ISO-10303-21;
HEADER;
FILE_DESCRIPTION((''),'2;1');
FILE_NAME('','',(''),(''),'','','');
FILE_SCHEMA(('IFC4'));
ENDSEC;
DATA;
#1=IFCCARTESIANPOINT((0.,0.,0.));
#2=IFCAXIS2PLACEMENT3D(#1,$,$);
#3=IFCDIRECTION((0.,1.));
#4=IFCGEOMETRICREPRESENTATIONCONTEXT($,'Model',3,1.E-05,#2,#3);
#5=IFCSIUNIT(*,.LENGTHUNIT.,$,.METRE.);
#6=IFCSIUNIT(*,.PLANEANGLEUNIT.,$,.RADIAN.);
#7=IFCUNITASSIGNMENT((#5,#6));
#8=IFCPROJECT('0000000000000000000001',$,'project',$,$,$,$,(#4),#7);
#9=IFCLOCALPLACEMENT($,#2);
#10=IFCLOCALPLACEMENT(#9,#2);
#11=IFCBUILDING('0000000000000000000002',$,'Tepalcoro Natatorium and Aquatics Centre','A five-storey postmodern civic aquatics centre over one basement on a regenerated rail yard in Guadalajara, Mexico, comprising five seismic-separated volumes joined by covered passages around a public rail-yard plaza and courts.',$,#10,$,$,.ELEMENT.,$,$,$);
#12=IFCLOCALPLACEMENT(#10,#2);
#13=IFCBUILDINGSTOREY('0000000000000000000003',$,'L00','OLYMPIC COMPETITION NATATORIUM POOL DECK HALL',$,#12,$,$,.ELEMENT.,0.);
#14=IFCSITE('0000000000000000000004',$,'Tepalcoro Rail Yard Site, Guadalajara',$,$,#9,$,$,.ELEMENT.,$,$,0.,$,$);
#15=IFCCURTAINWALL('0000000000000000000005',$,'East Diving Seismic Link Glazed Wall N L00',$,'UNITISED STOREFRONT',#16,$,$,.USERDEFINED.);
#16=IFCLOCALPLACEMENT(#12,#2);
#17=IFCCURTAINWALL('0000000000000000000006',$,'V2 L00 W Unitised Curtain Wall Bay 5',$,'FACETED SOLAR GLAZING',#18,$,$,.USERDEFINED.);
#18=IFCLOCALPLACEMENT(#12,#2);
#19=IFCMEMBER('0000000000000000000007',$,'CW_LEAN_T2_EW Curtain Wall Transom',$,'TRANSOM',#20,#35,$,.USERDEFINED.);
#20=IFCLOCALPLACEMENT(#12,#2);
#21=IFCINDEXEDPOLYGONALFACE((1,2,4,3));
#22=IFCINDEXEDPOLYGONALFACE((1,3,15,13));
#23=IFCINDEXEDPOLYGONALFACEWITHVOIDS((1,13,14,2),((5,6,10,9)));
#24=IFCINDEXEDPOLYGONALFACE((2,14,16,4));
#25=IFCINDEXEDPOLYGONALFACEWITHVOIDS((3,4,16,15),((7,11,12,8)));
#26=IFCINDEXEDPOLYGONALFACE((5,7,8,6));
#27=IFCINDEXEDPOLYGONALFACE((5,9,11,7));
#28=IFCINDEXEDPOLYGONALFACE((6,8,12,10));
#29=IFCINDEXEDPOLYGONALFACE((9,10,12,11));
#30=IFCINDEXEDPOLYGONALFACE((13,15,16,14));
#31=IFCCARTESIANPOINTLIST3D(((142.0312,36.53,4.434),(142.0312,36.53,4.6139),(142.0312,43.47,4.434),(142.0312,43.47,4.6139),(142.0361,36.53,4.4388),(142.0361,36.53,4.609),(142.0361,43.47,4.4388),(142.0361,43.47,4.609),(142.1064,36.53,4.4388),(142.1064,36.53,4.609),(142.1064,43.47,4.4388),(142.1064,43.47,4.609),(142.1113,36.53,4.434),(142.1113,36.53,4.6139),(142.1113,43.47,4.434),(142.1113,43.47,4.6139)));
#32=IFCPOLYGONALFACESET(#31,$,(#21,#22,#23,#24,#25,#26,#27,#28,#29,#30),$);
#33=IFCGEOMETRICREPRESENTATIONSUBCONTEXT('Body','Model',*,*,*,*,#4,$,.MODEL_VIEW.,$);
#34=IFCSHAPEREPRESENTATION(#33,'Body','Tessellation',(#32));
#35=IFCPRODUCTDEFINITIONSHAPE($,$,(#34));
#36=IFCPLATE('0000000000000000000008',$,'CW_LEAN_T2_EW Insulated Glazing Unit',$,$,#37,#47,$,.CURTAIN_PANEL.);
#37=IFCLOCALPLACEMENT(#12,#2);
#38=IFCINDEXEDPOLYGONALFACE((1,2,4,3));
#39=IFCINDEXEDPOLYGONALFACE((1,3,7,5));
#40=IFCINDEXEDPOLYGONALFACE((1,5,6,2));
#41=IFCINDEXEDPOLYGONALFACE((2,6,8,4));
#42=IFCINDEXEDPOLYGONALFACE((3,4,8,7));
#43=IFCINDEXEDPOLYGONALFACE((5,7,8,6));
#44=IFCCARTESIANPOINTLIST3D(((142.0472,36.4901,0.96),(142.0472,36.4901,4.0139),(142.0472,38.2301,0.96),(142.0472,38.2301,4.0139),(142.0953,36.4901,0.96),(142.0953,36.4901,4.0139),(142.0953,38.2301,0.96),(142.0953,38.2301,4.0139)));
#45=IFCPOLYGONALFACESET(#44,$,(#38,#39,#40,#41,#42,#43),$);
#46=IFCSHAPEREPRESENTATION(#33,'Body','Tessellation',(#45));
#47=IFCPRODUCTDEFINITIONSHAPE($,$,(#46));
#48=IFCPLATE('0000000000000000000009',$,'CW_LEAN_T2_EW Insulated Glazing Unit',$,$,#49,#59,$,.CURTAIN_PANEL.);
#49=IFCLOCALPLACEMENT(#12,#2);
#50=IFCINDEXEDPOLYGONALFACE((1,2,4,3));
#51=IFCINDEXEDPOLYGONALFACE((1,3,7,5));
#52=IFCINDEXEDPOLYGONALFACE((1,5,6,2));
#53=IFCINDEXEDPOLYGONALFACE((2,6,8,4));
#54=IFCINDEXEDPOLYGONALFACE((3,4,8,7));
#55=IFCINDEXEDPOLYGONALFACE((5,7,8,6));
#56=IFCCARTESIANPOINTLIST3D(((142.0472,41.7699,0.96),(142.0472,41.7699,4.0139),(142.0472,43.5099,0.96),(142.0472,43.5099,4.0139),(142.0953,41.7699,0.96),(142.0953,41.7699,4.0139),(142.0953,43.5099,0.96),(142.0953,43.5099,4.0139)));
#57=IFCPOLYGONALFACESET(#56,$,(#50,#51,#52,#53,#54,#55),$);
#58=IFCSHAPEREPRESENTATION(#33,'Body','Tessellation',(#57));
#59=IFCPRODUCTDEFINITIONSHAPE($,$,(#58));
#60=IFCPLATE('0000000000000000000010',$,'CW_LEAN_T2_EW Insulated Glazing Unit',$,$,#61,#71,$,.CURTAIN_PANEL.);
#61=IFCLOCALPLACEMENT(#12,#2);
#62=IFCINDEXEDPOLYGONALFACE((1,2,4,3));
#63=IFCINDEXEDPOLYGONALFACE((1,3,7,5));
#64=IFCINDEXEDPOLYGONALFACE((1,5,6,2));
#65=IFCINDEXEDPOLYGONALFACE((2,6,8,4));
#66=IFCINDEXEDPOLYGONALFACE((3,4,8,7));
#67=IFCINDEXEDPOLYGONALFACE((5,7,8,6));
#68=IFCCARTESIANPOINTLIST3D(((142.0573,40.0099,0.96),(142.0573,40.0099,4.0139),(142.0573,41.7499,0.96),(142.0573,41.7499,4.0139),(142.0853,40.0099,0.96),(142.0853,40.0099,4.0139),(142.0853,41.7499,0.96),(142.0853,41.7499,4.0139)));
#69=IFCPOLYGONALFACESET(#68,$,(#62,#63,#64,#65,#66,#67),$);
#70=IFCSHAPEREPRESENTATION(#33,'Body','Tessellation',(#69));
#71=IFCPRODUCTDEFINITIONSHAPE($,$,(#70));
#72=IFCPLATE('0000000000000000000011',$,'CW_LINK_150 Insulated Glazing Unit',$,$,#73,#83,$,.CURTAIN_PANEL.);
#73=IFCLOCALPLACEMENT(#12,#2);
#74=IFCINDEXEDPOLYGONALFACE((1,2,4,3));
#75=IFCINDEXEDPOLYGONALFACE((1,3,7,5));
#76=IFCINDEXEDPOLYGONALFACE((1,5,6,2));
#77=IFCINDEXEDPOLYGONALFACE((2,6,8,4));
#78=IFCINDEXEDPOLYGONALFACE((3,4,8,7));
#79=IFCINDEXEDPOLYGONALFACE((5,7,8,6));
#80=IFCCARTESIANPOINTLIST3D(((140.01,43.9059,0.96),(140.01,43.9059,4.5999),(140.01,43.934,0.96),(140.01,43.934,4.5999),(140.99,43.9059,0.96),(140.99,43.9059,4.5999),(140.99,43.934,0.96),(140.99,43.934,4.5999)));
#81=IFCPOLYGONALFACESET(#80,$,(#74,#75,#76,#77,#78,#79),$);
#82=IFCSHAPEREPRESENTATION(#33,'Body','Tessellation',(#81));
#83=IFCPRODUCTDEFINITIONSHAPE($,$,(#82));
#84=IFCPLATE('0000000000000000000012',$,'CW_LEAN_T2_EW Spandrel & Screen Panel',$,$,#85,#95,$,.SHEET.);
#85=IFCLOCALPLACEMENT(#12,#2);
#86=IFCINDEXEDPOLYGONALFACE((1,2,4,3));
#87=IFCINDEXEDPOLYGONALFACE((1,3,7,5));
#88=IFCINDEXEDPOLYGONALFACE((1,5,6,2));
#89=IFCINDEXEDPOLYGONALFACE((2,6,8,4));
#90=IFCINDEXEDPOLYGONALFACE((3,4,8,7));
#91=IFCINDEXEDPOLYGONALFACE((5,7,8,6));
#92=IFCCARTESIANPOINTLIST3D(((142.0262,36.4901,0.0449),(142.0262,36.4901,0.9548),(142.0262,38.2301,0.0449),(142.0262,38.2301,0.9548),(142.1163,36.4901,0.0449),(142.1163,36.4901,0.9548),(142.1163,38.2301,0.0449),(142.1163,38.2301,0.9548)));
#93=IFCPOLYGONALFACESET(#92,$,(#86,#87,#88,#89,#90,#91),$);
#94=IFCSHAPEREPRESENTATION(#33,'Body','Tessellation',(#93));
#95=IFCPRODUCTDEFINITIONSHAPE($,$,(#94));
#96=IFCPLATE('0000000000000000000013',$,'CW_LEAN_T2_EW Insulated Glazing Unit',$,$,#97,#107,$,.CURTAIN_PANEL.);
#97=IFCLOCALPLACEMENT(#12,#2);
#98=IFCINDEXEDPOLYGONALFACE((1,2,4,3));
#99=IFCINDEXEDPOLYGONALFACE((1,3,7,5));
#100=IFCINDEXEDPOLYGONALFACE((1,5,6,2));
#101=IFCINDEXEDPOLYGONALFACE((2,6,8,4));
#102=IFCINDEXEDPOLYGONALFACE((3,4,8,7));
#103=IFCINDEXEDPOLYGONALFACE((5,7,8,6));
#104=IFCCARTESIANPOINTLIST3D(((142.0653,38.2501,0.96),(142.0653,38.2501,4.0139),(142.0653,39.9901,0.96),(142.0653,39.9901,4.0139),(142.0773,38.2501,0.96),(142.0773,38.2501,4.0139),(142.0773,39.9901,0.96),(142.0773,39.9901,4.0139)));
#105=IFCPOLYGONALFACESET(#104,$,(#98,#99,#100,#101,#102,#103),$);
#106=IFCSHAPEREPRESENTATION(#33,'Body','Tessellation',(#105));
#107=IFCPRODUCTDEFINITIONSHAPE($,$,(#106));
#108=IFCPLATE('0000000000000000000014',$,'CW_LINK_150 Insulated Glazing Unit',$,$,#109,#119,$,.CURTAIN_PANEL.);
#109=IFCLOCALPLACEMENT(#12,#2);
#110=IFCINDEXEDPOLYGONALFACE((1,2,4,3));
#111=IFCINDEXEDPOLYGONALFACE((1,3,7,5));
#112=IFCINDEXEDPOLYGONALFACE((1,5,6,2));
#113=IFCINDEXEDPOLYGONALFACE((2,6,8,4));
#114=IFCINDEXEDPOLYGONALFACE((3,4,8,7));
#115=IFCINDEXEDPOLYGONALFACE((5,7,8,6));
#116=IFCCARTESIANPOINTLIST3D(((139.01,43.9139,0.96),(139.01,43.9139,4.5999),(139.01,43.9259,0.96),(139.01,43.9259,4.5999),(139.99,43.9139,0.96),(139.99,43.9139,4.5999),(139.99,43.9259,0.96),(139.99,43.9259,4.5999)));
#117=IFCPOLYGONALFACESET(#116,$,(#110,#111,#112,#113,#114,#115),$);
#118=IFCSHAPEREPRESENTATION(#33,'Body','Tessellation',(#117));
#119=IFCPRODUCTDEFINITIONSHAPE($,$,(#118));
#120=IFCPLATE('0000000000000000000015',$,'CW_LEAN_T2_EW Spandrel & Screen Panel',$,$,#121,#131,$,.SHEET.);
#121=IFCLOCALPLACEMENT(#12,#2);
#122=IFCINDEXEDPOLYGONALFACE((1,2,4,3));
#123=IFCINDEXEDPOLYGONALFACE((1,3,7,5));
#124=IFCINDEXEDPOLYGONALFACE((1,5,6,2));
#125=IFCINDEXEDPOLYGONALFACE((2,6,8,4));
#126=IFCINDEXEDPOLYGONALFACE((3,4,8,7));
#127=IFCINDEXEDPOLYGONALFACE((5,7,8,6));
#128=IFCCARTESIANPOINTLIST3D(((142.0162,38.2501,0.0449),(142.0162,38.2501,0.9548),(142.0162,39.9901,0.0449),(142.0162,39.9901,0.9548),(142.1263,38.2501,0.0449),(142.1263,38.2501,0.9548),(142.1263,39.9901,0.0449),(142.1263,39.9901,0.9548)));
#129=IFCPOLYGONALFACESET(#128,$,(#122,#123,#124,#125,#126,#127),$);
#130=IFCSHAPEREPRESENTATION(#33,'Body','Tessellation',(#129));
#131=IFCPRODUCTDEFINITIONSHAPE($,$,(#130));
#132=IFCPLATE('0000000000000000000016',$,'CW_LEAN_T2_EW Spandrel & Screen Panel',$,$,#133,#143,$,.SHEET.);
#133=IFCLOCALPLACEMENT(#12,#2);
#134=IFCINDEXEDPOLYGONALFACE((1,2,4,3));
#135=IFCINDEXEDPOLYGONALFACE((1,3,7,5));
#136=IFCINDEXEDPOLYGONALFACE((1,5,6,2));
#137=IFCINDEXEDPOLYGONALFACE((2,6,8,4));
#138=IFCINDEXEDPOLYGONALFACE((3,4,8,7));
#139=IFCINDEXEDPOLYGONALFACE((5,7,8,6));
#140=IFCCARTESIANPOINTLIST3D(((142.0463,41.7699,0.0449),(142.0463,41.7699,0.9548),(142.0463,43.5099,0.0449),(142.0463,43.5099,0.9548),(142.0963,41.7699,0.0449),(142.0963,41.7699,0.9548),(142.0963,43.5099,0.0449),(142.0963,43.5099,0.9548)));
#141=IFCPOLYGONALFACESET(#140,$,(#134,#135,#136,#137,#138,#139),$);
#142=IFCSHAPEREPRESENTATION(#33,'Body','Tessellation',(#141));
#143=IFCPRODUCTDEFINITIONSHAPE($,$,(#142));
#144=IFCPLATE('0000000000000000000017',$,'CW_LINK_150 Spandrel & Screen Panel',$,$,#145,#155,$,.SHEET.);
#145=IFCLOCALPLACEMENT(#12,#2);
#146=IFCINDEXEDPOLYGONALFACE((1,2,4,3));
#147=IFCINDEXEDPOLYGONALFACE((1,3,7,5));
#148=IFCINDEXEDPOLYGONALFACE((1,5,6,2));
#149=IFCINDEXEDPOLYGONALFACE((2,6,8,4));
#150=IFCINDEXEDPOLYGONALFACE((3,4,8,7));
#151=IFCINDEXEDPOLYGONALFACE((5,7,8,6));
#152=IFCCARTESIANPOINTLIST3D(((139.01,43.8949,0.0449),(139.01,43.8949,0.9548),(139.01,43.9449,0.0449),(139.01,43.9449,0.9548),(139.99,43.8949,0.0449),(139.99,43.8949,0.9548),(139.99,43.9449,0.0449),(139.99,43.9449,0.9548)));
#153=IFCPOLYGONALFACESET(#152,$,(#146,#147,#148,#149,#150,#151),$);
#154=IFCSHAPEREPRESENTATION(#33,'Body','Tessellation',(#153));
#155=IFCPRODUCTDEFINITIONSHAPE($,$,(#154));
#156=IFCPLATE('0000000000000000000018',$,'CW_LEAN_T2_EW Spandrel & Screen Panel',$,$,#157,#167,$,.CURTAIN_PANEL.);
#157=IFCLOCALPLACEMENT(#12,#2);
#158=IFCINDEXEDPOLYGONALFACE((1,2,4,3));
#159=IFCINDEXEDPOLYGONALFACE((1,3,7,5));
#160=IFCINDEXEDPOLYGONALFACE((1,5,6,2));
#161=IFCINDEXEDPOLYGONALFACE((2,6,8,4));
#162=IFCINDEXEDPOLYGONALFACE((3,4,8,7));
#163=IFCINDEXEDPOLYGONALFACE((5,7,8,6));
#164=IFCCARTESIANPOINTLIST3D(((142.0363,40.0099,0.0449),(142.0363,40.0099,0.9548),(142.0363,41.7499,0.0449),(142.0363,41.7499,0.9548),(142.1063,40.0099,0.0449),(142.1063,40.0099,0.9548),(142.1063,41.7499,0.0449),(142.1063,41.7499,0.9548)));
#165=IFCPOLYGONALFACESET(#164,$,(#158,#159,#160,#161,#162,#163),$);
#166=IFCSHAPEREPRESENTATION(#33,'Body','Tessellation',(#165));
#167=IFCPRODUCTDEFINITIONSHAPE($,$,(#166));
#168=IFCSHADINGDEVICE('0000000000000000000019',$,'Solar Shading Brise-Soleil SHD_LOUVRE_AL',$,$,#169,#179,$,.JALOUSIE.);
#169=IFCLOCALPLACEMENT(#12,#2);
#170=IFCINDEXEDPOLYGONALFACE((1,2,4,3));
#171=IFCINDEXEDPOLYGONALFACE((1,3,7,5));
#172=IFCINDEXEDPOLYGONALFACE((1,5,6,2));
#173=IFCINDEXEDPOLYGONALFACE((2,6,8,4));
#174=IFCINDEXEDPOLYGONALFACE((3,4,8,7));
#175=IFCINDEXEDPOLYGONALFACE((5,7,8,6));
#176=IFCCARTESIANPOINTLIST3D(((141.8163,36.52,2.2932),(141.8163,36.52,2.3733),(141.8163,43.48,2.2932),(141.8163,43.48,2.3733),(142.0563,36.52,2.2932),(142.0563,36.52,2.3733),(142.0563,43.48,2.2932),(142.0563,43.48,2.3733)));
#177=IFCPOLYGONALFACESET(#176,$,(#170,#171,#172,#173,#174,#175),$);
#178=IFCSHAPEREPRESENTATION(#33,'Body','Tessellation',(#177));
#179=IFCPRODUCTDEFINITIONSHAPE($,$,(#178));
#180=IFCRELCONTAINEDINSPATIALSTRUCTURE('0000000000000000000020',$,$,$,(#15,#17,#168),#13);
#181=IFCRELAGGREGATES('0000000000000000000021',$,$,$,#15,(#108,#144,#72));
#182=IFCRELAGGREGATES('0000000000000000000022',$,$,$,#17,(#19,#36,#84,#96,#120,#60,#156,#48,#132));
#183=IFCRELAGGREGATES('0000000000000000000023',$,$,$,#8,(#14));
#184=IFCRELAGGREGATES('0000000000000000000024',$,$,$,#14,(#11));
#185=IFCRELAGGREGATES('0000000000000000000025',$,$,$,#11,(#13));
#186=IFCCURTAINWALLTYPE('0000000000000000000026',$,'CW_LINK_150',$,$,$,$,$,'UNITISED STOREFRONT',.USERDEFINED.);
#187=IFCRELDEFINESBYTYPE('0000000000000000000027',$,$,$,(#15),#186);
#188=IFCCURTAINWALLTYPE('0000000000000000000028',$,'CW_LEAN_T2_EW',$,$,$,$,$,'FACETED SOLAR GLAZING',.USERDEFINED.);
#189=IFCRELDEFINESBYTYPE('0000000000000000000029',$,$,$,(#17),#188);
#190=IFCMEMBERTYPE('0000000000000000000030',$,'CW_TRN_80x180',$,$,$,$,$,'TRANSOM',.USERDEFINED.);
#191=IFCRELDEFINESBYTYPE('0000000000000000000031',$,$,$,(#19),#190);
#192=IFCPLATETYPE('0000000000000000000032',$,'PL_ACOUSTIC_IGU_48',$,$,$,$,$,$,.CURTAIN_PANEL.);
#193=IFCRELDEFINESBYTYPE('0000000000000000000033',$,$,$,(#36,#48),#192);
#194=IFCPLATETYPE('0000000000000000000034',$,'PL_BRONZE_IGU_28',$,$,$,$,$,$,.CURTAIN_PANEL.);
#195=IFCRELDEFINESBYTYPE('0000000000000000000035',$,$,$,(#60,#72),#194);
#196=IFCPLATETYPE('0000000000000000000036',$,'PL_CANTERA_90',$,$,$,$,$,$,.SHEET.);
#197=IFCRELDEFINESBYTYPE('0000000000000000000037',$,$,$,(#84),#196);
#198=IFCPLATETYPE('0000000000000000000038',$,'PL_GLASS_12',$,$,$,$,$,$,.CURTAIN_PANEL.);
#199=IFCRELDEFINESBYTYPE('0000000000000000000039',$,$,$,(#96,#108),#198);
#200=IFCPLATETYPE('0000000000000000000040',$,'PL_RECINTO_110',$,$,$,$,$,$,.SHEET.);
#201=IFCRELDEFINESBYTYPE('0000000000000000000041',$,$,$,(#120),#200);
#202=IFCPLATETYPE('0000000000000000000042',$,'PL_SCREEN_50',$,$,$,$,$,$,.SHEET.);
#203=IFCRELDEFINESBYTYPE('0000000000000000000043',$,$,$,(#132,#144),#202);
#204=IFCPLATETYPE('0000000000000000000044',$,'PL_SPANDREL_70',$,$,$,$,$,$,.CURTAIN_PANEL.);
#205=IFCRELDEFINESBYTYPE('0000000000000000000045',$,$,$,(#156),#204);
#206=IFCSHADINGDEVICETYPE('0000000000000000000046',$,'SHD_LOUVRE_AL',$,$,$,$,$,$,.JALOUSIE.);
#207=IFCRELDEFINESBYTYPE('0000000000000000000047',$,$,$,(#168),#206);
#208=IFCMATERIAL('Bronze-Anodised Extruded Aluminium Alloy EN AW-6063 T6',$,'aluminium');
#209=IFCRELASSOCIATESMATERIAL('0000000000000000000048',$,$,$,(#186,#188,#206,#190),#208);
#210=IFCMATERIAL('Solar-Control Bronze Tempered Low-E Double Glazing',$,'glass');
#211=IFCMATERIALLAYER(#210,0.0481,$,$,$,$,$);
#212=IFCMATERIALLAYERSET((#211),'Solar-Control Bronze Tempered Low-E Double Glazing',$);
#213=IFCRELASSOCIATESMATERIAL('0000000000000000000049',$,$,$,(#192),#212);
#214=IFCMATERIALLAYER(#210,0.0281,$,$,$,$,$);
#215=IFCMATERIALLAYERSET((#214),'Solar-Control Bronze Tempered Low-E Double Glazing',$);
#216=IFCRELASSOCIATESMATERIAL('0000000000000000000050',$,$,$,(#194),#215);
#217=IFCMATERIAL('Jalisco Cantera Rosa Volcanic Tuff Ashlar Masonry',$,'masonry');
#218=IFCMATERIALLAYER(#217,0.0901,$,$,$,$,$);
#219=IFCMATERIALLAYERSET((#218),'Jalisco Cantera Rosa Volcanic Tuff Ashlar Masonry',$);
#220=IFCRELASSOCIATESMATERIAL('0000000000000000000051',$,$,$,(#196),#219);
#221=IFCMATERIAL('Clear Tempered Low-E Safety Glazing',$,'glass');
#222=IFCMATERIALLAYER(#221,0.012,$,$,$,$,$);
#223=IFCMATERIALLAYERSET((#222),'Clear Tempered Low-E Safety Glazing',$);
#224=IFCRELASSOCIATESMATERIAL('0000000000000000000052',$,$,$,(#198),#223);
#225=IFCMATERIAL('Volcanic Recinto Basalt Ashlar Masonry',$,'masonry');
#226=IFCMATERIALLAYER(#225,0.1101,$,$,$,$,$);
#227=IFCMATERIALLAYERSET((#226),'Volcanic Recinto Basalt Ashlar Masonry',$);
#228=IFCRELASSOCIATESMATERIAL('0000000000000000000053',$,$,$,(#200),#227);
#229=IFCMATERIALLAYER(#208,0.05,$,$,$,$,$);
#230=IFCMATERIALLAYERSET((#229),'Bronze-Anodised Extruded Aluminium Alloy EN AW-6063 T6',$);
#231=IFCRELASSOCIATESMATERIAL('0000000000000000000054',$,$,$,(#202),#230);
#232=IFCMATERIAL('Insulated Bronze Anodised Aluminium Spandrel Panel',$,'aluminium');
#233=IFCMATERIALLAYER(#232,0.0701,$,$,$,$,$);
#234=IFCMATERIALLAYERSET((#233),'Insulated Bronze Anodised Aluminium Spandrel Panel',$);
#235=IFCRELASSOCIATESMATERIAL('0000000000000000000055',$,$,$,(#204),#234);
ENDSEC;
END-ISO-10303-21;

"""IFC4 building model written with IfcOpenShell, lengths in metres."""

from ifc_helpers import new_model, si_unit, direction, frame, origin, origin_2d, place, context, subcontext, project, spatial, rectangle, hollow_rectangle, extrude, material, layer, layer_set, material_profile, profile_set, type_object, element, aggregate, save


model = new_model("IFC4")

# Units and contexts
model_context = context("Model", 3, precision=1e-05, world=origin(), true_north=direction((0.0, 1.0)))
body_context = subcontext(model_context, "Body", "Model", "MODEL_VIEW")
ifc_project = project(units=[si_unit("LENGTHUNIT", "METRE"), si_unit("PLANEANGLEUNIT", "RADIAN")], contexts=[model_context])

# Site, building, storey
site_placement = place(None, origin())
site = spatial("IfcSite", under=ifc_project, at=site_placement, Name="Tepalcoro Rail Yard Site, Guadalajara", CompositionType="ELEMENT", RefElevation=0.0)
building_placement = place(site_placement, origin())
building = spatial("IfcBuilding", under=site, at=building_placement, Name="Tepalcoro Natatorium and Aquatics Centre", Description="A five-storey postmodern civic aquatics centre over one basement on a regenerated rail yard in Guadalajara, Mexico, comprising five seismic-separated volumes joined by covered passages around a public rail-yard plaza and courts.", CompositionType="ELEMENT")
storey_placement = place(building_placement, origin())
storey = spatial("IfcBuildingStorey", under=building, at=storey_placement, Name="L00", Description="OLYMPIC COMPETITION NATATORIUM POOL DECK HALL", CompositionType="ELEMENT", Elevation=0.0)

# Curtain walls
ifc_material_1 = material(Name="Bronze-Anodised Extruded Aluminium Alloy EN AW-6063 T6", Category="aluminium")
curtain_wall_type_1 = type_object("IfcCurtainWallType", Name="CW_LINK_150", ElementType="UNITISED STOREFRONT", PredefinedType="USERDEFINED", material=ifc_material_1)
curtain_wall_1_placement = place(storey_placement, origin())
curtain_wall_1 = element("IfcCurtainWall", 1, at=curtain_wall_1_placement, inside=storey, type_object=curtain_wall_type_1, Name="East Diving Seismic Link Glazed Wall N L00", ObjectType="UNITISED STOREFRONT", PredefinedType="USERDEFINED")
curtain_wall_type_2 = type_object("IfcCurtainWallType", Name="CW_LEAN_T2_EW", ElementType="FACETED SOLAR GLAZING", PredefinedType="USERDEFINED", material=ifc_material_1)
curtain_wall_2_placement = place(storey_placement, origin())
curtain_wall_2 = element("IfcCurtainWall", 2, at=curtain_wall_2_placement, inside=storey, type_object=curtain_wall_type_2, Name="V2 L00 W Unitised Curtain Wall Bay 5", ObjectType="FACETED SOLAR GLAZING", PredefinedType="USERDEFINED")

# Member
ifc_material_profile_1 = material_profile(ifc_material_1, hollow_rectangle(XDim=0.0801, YDim=0.1799, WallThickness=0.0049, at=origin_2d()), Name="AL80X180X5")
ifc_profile_set_1 = profile_set([ifc_material_profile_1], Name="Bronze-Anodised Extruded Aluminium Alloy EN AW-6063 T6")
member_type_1 = type_object("IfcMemberType", Name="CW_TRN_80x180", ElementType="TRANSOM", PredefinedType="USERDEFINED", material=ifc_profile_set_1)
member_1_placement = place(storey_placement, frame((142.0713, 36.53, 4.5239), z_axis=(0.0, 1.0, 0.0), x_axis=(-1.0, 0.0, 0.0)))
member_1 = element("IfcMember", 3, at=member_1_placement, type_object=member_type_1, Name="CW_LEAN_T2_EW Curtain Wall Transom", ObjectType="TRANSOM", PredefinedType="USERDEFINED", context=body_context, shape_type="SweptSolid", body=[
    extrude(hollow_rectangle(XDim=0.0801, YDim=0.1799, WallThickness=0.0049, at=origin_2d()), origin(), (0.0, 0.0, 1.0), 6.9399),
])

# Plates
ifc_material_2 = material(Name="Solar-Control Bronze Tempered Low-E Double Glazing", Category="glass")
ifc_layer_1 = layer(ifc_material_2, 0.0481)
ifc_layer_set_1 = layer_set([ifc_layer_1], Name="Solar-Control Bronze Tempered Low-E Double Glazing")
plate_type_1 = type_object("IfcPlateType", Name="PL_ACOUSTIC_IGU_48", PredefinedType="CURTAIN_PANEL", material=ifc_layer_set_1)
plate_1_placement = place(storey_placement, frame((142.0713, 37.3601, 0.96), z_axis=(0.0, 0.0, 1.0), x_axis=(1.0, 0.0, 0.0)))
plate_1 = element("IfcPlate", 4, at=plate_1_placement, type_object=plate_type_1, Name="CW_LEAN_T2_EW Insulated Glazing Unit", PredefinedType="CURTAIN_PANEL", context=body_context, shape_type="SweptSolid", body=[
    extrude(rectangle(XDim=0.0481, YDim=1.74, at=origin_2d()), origin(), (0.0, 0.0, 1.0), 3.054),
])
plate_2_placement = place(storey_placement, frame((142.0713, 42.6399, 0.96), z_axis=(0.0, 0.0, 1.0), x_axis=(1.0, 0.0, 0.0)))
plate_2 = element("IfcPlate", 5, at=plate_2_placement, type_object=plate_type_1, Name="CW_LEAN_T2_EW Insulated Glazing Unit", PredefinedType="CURTAIN_PANEL", context=body_context, shape_type="SweptSolid", body=[
    extrude(rectangle(XDim=0.0481, YDim=1.74, at=origin_2d()), origin(), (0.0, 0.0, 1.0), 3.054),
])
ifc_layer_2 = layer(ifc_material_2, 0.0281)
ifc_layer_set_2 = layer_set([ifc_layer_2], Name="Solar-Control Bronze Tempered Low-E Double Glazing")
plate_type_2 = type_object("IfcPlateType", Name="PL_BRONZE_IGU_28", PredefinedType="CURTAIN_PANEL", material=ifc_layer_set_2)
plate_3_placement = place(storey_placement, frame((142.0713, 40.8799, 0.96), z_axis=(0.0, 0.0, 1.0), x_axis=(1.0, 0.0, 0.0)))
plate_3 = element("IfcPlate", 6, at=plate_3_placement, type_object=plate_type_2, Name="CW_LEAN_T2_EW Insulated Glazing Unit", PredefinedType="CURTAIN_PANEL", context=body_context, shape_type="SweptSolid", body=[
    extrude(rectangle(XDim=0.0281, YDim=1.74, at=origin_2d()), origin(), (0.0, 0.0, 1.0), 3.054),
])
plate_4_placement = place(storey_placement, frame((140.5, 43.9199, 0.96), z_axis=(0.0, 0.0, 1.0), x_axis=(1.0, 0.0, 0.0)))
plate_4 = element("IfcPlate", 7, at=plate_4_placement, type_object=plate_type_2, Name="CW_LINK_150 Insulated Glazing Unit", PredefinedType="CURTAIN_PANEL", context=body_context, shape_type="SweptSolid", body=[
    extrude(rectangle(XDim=0.98, YDim=0.0281, at=origin_2d()), origin(), (0.0, 0.0, 1.0), 3.6399),
])
ifc_material_3 = material(Name="Jalisco Cantera Rosa Volcanic Tuff Ashlar Masonry", Category="masonry")
ifc_layer_3 = layer(ifc_material_3, 0.0901)
ifc_layer_set_3 = layer_set([ifc_layer_3], Name="Jalisco Cantera Rosa Volcanic Tuff Ashlar Masonry")
plate_type_3 = type_object("IfcPlateType", Name="PL_CANTERA_90", PredefinedType="SHEET", material=ifc_layer_set_3)
plate_5_placement = place(storey_placement, frame((142.0713, 37.3601, 0.0449), z_axis=(0.0, 0.0, 1.0), x_axis=(1.0, 0.0, 0.0)))
plate_5 = element("IfcPlate", 8, at=plate_5_placement, type_object=plate_type_3, Name="CW_LEAN_T2_EW Spandrel & Screen Panel", PredefinedType="SHEET", context=body_context, shape_type="SweptSolid", body=[
    extrude(rectangle(XDim=0.0901, YDim=1.74, at=origin_2d()), origin(), (0.0, 0.0, 1.0), 0.9099),
])
ifc_material_4 = material(Name="Clear Tempered Low-E Safety Glazing", Category="glass")
ifc_layer_4 = layer(ifc_material_4, 0.012)
ifc_layer_set_4 = layer_set([ifc_layer_4], Name="Clear Tempered Low-E Safety Glazing")
plate_type_4 = type_object("IfcPlateType", Name="PL_GLASS_12", PredefinedType="CURTAIN_PANEL", material=ifc_layer_set_4)
plate_6_placement = place(storey_placement, frame((142.0713, 39.1201, 0.96), z_axis=(0.0, 0.0, 1.0), x_axis=(1.0, 0.0, 0.0)))
plate_6 = element("IfcPlate", 9, at=plate_6_placement, type_object=plate_type_4, Name="CW_LEAN_T2_EW Insulated Glazing Unit", PredefinedType="CURTAIN_PANEL", context=body_context, shape_type="SweptSolid", body=[
    extrude(rectangle(XDim=0.012, YDim=1.74, at=origin_2d()), origin(), (0.0, 0.0, 1.0), 3.054),
])
plate_7_placement = place(storey_placement, frame((139.5, 43.9199, 0.96), z_axis=(0.0, 0.0, 1.0), x_axis=(1.0, 0.0, 0.0)))
plate_7 = element("IfcPlate", 10, at=plate_7_placement, type_object=plate_type_4, Name="CW_LINK_150 Insulated Glazing Unit", PredefinedType="CURTAIN_PANEL", context=body_context, shape_type="SweptSolid", body=[
    extrude(rectangle(XDim=0.98, YDim=0.012, at=origin_2d()), origin(), (0.0, 0.0, 1.0), 3.6399),
])
ifc_material_5 = material(Name="Volcanic Recinto Basalt Ashlar Masonry", Category="masonry")
ifc_layer_5 = layer(ifc_material_5, 0.1101)
ifc_layer_set_5 = layer_set([ifc_layer_5], Name="Volcanic Recinto Basalt Ashlar Masonry")
plate_type_5 = type_object("IfcPlateType", Name="PL_RECINTO_110", PredefinedType="SHEET", material=ifc_layer_set_5)
plate_8_placement = place(storey_placement, frame((142.0713, 39.1201, 0.0449), z_axis=(0.0, 0.0, 1.0), x_axis=(1.0, 0.0, 0.0)))
plate_8 = element("IfcPlate", 11, at=plate_8_placement, type_object=plate_type_5, Name="CW_LEAN_T2_EW Spandrel & Screen Panel", PredefinedType="SHEET", context=body_context, shape_type="SweptSolid", body=[
    extrude(rectangle(XDim=0.1101, YDim=1.74, at=origin_2d()), origin(), (0.0, 0.0, 1.0), 0.9099),
])
ifc_layer_6 = layer(ifc_material_1, 0.05)
ifc_layer_set_6 = layer_set([ifc_layer_6], Name="Bronze-Anodised Extruded Aluminium Alloy EN AW-6063 T6")
plate_type_6 = type_object("IfcPlateType", Name="PL_SCREEN_50", PredefinedType="SHEET", material=ifc_layer_set_6)
plate_9_placement = place(storey_placement, frame((142.0713, 42.6399, 0.0449), z_axis=(0.0, 0.0, 1.0), x_axis=(1.0, 0.0, 0.0)))
plate_9 = element("IfcPlate", 12, at=plate_9_placement, type_object=plate_type_6, Name="CW_LEAN_T2_EW Spandrel & Screen Panel", PredefinedType="SHEET", context=body_context, shape_type="SweptSolid", body=[
    extrude(rectangle(XDim=0.05, YDim=1.74, at=origin_2d()), origin(), (0.0, 0.0, 1.0), 0.9099),
])
plate_10_placement = place(storey_placement, frame((139.5, 43.9199, 0.0449), z_axis=(0.0, 0.0, 1.0), x_axis=(1.0, 0.0, 0.0)))
plate_10 = element("IfcPlate", 13, at=plate_10_placement, type_object=plate_type_6, Name="CW_LINK_150 Spandrel & Screen Panel", PredefinedType="SHEET", context=body_context, shape_type="SweptSolid", body=[
    extrude(rectangle(XDim=0.98, YDim=0.05, at=origin_2d()), origin(), (0.0, 0.0, 1.0), 0.9099),
])
aggregate(curtain_wall_1, [plate_7, plate_10, plate_4])
ifc_material_6 = material(Name="Insulated Bronze Anodised Aluminium Spandrel Panel", Category="aluminium")
ifc_layer_7 = layer(ifc_material_6, 0.0701)
ifc_layer_set_7 = layer_set([ifc_layer_7], Name="Insulated Bronze Anodised Aluminium Spandrel Panel")
plate_type_7 = type_object("IfcPlateType", Name="PL_SPANDREL_70", PredefinedType="CURTAIN_PANEL", material=ifc_layer_set_7)
plate_11_placement = place(storey_placement, frame((142.0713, 40.8799, 0.0449), z_axis=(0.0, 0.0, 1.0), x_axis=(1.0, 0.0, 0.0)))
plate_11 = element("IfcPlate", 14, at=plate_11_placement, type_object=plate_type_7, Name="CW_LEAN_T2_EW Spandrel & Screen Panel", PredefinedType="CURTAIN_PANEL", context=body_context, shape_type="SweptSolid", body=[
    extrude(rectangle(XDim=0.0701, YDim=1.74, at=origin_2d()), origin(), (0.0, 0.0, 1.0), 0.9099),
])
aggregate(curtain_wall_2, [member_1, plate_1, plate_5, plate_6, plate_8, plate_3, plate_11, plate_2, plate_9])

# Shading device
shading_device_type = type_object("IfcShadingDeviceType", Name="SHD_LOUVRE_AL", PredefinedType="JALOUSIE", material=ifc_material_1)
for number, where, z_axis, x_axis, name in (
    (15, (141.9363, 40.0, 2.2932), (0.0, 0.0, 1.0), (1.0, 0.0, 0.0), "Solar Shading Brise-Soleil SHD_LOUVRE_AL"),
):
    element("IfcShadingDevice", number, at=place(storey_placement, frame(where, z_axis=z_axis, x_axis=x_axis)), inside=storey, type_object=shading_device_type, Name=name, PredefinedType="JALOUSIE", context=body_context, shape_type="SweptSolid", body=[
        extrude(rectangle(XDim=0.24, YDim=6.96, at=origin_2d()), origin(), (0.0, 0.0, 1.0), 0.0801),
    ])

save(model, "model.ifc")
